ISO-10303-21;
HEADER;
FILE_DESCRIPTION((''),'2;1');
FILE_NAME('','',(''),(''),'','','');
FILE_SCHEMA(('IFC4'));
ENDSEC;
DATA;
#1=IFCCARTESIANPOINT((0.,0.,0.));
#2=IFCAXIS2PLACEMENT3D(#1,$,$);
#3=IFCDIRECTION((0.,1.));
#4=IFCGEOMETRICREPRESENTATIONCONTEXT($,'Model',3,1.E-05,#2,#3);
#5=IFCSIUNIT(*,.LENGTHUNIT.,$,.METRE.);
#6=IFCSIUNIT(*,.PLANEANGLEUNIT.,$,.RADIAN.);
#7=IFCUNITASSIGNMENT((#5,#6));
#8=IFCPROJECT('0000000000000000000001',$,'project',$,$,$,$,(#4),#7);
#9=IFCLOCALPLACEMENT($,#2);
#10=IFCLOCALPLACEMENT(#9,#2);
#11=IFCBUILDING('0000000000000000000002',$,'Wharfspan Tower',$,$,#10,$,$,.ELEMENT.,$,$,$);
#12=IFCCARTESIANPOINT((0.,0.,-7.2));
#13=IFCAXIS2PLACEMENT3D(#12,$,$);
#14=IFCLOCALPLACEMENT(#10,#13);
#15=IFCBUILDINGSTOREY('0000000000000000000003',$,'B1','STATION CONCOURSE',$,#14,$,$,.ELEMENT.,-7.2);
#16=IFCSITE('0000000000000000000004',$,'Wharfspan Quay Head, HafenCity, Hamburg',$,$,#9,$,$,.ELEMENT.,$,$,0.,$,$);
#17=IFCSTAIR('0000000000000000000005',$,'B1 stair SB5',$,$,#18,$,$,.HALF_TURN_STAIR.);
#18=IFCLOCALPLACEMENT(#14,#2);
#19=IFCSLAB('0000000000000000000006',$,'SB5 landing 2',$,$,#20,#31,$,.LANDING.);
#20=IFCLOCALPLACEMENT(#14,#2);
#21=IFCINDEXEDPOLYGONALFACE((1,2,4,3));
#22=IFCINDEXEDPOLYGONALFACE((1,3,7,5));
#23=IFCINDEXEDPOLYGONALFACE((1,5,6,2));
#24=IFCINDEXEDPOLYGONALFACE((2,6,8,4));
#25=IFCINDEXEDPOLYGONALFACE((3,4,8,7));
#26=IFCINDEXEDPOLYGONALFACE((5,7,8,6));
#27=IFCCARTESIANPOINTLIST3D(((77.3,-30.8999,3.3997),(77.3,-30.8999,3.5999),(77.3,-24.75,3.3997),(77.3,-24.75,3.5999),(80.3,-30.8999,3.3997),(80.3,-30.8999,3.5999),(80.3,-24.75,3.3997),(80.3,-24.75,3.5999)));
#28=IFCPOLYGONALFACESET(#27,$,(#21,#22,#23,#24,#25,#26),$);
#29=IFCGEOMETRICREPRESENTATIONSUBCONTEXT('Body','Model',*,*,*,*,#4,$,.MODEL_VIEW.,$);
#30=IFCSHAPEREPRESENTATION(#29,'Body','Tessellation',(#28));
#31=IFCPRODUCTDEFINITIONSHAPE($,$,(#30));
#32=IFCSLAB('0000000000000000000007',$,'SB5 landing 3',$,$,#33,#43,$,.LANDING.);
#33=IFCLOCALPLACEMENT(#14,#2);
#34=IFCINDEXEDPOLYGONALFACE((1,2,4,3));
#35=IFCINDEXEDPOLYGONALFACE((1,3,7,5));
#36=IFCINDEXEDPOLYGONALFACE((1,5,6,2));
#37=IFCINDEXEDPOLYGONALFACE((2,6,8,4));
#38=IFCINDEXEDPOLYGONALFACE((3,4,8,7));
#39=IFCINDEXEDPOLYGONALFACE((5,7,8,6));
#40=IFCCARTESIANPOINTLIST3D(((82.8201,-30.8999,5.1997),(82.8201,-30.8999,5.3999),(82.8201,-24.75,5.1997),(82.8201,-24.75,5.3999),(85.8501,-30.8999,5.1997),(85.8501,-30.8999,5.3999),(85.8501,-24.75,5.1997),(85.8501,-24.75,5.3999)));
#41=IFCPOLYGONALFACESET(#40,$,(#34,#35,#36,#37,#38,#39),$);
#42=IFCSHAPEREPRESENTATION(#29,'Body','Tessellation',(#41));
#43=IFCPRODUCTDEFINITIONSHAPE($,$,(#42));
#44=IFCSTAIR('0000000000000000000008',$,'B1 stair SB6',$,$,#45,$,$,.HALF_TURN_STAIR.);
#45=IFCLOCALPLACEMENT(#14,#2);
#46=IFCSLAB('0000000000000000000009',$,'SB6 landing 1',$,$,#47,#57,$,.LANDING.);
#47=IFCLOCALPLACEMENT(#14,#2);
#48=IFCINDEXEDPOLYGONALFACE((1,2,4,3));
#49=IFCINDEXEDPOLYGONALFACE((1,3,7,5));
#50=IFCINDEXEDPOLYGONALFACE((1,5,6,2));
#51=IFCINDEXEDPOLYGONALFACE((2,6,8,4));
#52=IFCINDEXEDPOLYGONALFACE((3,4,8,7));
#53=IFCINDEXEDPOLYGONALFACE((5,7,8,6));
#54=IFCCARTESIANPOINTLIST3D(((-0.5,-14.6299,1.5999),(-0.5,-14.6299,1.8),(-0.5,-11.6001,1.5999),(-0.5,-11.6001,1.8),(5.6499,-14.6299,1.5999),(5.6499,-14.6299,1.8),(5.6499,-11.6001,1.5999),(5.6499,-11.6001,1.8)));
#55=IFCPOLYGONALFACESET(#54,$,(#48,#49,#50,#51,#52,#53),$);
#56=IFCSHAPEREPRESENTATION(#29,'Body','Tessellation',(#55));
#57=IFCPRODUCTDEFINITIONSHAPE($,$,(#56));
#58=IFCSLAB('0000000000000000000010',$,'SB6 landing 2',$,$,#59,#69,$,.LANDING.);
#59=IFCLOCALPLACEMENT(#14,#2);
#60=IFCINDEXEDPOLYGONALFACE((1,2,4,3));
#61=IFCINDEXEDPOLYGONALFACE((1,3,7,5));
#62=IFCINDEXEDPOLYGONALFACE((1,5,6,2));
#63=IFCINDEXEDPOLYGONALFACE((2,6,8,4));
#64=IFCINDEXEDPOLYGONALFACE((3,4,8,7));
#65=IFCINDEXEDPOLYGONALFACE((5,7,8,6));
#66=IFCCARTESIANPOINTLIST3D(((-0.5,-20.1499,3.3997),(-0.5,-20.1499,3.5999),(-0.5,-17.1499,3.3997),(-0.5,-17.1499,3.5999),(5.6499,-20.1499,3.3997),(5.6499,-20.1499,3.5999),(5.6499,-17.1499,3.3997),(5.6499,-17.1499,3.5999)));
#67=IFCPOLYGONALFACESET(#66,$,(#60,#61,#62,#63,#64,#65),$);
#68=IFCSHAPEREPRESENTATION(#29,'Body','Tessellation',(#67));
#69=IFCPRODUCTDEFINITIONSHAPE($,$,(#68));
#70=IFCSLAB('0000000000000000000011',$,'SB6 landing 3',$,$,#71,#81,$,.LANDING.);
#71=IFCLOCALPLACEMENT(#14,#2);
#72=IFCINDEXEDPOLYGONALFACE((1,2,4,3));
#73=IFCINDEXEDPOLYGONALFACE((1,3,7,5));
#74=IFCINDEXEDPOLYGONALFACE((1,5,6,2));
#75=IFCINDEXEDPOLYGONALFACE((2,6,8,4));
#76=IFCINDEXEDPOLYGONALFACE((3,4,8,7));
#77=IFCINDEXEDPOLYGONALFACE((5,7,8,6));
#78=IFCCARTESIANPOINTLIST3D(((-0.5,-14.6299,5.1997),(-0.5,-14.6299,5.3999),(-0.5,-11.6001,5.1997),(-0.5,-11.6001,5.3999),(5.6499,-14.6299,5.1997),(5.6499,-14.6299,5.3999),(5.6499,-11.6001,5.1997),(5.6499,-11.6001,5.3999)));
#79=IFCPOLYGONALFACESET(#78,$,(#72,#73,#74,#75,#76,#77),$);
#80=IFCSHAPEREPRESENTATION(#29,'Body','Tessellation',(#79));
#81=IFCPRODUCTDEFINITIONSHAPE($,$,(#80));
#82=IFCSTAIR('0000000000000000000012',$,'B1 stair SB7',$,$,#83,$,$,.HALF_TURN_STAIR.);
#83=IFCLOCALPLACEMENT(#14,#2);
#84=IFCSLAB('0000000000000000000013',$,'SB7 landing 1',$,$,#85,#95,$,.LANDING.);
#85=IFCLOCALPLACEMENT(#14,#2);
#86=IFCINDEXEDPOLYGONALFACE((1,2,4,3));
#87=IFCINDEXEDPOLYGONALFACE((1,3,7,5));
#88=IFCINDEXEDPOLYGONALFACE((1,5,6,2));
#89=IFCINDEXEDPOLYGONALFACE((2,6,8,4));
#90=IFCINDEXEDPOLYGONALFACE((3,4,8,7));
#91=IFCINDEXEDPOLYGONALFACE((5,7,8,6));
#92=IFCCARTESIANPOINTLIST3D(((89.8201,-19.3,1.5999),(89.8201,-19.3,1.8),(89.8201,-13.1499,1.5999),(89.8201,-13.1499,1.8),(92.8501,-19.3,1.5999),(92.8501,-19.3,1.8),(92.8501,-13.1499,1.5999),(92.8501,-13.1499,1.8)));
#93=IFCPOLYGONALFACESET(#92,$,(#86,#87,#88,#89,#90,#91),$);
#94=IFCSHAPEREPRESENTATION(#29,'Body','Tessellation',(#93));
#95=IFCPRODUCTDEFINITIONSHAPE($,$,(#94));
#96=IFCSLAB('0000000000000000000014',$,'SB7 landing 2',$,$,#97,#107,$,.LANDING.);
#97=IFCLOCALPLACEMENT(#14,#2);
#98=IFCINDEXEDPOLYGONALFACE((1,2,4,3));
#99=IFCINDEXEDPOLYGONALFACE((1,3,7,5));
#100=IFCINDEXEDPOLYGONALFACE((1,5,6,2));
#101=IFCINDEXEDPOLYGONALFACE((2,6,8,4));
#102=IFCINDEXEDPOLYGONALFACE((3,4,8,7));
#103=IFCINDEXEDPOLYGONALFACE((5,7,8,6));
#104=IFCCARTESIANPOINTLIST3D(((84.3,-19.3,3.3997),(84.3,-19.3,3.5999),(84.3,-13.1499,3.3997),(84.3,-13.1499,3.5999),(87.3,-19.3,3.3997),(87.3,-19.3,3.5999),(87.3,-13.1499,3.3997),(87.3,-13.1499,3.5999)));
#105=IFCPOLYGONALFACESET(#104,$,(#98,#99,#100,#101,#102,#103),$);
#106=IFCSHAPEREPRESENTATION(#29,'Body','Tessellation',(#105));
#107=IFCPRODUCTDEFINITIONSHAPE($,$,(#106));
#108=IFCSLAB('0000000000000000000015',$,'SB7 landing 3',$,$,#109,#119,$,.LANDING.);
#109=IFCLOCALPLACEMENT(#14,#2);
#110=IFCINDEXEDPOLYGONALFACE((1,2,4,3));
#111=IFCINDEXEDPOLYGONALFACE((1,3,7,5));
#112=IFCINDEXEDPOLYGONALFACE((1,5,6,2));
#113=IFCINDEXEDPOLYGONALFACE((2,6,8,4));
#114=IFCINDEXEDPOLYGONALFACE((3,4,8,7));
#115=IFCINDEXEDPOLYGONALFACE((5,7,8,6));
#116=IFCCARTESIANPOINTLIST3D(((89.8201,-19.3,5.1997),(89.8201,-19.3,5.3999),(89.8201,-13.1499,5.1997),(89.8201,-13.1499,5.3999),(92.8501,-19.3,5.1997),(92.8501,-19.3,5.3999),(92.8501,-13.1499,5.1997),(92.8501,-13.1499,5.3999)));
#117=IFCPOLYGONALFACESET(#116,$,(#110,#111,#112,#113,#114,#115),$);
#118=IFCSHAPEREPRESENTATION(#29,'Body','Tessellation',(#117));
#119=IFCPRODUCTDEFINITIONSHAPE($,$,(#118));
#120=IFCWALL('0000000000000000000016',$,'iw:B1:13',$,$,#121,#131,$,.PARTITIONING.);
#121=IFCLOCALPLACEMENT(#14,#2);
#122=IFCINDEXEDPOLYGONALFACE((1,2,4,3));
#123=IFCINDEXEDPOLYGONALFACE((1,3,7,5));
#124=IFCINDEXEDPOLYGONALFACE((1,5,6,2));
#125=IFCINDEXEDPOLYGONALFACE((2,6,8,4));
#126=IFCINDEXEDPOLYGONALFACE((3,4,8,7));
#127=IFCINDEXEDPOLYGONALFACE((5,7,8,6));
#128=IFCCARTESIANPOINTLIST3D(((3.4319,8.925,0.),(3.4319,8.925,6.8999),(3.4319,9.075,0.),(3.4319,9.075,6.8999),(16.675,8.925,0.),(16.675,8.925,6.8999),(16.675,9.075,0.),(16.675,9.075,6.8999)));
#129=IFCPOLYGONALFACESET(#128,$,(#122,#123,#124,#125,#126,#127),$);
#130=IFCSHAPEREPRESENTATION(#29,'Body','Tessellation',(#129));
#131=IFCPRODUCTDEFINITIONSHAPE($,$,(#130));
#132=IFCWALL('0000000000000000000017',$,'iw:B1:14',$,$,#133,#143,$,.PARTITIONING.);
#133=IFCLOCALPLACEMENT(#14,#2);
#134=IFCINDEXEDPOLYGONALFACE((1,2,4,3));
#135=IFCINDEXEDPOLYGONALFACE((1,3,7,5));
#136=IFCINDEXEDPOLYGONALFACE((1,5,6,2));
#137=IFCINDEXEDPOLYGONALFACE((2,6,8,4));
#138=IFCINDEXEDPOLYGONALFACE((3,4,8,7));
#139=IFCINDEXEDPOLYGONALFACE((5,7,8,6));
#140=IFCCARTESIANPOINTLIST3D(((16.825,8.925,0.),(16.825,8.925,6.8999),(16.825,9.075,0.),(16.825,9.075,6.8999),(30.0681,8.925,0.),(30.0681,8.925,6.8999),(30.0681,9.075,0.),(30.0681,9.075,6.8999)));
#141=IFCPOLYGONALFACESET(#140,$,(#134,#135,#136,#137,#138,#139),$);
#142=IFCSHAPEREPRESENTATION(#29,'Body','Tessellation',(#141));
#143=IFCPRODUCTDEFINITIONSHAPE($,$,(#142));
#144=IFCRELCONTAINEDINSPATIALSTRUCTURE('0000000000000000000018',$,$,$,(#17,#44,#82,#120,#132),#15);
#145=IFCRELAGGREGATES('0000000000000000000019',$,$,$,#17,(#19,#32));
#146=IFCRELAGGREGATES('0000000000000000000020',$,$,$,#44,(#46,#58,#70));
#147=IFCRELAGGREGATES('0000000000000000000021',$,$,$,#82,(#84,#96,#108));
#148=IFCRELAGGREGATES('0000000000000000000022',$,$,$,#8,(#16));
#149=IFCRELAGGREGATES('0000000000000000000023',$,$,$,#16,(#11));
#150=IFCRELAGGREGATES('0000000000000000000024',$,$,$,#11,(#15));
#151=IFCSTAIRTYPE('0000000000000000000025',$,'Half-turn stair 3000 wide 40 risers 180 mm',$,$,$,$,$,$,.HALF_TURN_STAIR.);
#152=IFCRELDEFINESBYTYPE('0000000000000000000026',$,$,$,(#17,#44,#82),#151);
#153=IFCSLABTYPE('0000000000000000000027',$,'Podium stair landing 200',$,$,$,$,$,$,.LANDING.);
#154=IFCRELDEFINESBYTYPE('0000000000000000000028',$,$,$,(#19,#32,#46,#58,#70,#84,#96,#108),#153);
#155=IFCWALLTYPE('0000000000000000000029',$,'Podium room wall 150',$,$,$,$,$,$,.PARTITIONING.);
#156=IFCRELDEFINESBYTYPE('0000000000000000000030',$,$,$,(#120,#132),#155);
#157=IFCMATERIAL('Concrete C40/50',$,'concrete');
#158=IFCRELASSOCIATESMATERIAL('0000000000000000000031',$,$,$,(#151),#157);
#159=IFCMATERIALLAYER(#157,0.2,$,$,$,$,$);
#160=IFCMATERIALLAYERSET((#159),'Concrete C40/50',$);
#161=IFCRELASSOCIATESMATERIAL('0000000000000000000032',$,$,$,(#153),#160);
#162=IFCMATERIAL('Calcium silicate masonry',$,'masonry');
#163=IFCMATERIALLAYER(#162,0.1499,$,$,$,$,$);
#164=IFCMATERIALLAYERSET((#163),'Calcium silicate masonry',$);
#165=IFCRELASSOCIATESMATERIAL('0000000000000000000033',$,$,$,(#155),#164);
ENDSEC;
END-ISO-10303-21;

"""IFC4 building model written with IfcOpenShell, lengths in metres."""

from ifc_helpers import new_model, si_unit, direction, frame, frame_2d, origin, place, context, subcontext, project, spatial, polyline, rectangle, outline, extrude, material, layer, layer_set, type_object, element, aggregate, save


model = new_model("IFC4")

# Units and contexts
model_context = context("Model", 3, precision=1e-05, world=origin(), true_north=direction((0.0, 1.0)))
body_context = subcontext(model_context, "Body", "Model", "MODEL_VIEW")
ifc_project = project(units=[si_unit("LENGTHUNIT", "METRE"), si_unit("PLANEANGLEUNIT", "RADIAN")], contexts=[model_context])

# Site, building, storey
site_placement = place(None, origin())
site = spatial("IfcSite", under=ifc_project, at=site_placement, Name="Wharfspan Quay Head, HafenCity, Hamburg", CompositionType="ELEMENT", RefElevation=0.0)
building_placement = place(site_placement, origin())
building = spatial("IfcBuilding", under=site, at=building_placement, Name="Wharfspan Tower", CompositionType="ELEMENT")
storey_placement = place(building_placement, frame((0.0, 0.0, -7.2)))
storey = spatial("IfcBuildingStorey", under=building, at=storey_placement, Name="B1", Description="STATION CONCOURSE", CompositionType="ELEMENT", Elevation=-7.2)

# Shared definitions
ifc_material_1 = material(Name="Concrete C40/50", Category="concrete")
stair_type = type_object("IfcStairType", Name="Half-turn stair 3000 wide 40 risers 180 mm", PredefinedType="HALF_TURN_STAIR", material=ifc_material_1)
ifc_layer_1 = layer(ifc_material_1, 0.2)
ifc_layer_set_1 = layer_set([ifc_layer_1], Name="Concrete C40/50")
slab_type = type_object("IfcSlabType", Name="Podium stair landing 200", PredefinedType="LANDING", material=ifc_layer_set_1)

# Stairs, slabs
stair_1_placement = place(storey_placement, origin())
stair_1 = element("IfcStair", 1, at=stair_1_placement, inside=storey, type_object=stair_type, Name="B1 stair SB5", PredefinedType="HALF_TURN_STAIR")
slab_1_placement = place(storey_placement, frame((0.0, 0.0, 3.3997)))
slab_1 = element("IfcSlab", 2, at=slab_1_placement, type_object=slab_type, Name="SB5 landing 2", PredefinedType="LANDING", context=body_context, shape_type="SweptSolid", body=[
    extrude(outline(polyline([(77.3, -30.8999), (80.3, -30.8999), (80.3, -24.75), (77.3, -24.75), (77.3, -30.8999)])), origin(), (0.0, 0.0, 1.0), 0.2002),
])
slab_2_placement = place(storey_placement, frame((0.0, 0.0, 5.1997)))
slab_2 = element("IfcSlab", 3, at=slab_2_placement, type_object=slab_type, Name="SB5 landing 3", PredefinedType="LANDING", context=body_context, shape_type="SweptSolid", body=[
    extrude(outline(polyline([(82.8201, -30.8999), (85.8501, -30.8999), (85.8501, -24.75), (82.8201, -24.75), (82.8201, -30.8999)])), origin(), (0.0, 0.0, 1.0), 0.2002),
])
aggregate(stair_1, [slab_1, slab_2])
stair_2_placement = place(storey_placement, origin())
stair_2 = element("IfcStair", 4, at=stair_2_placement, inside=storey, type_object=stair_type, Name="B1 stair SB6", PredefinedType="HALF_TURN_STAIR")
slab_3_placement = place(storey_placement, frame((0.0, 0.0, 1.5999)))
slab_3 = element("IfcSlab", 5, at=slab_3_placement, type_object=slab_type, Name="SB6 landing 1", PredefinedType="LANDING", context=body_context, shape_type="SweptSolid", body=[
    extrude(outline(polyline([(5.6499, -14.6299), (5.6499, -11.6001), (-0.5, -11.6001), (-0.5, -14.6299), (5.6499, -14.6299)])), origin(), (0.0, 0.0, 1.0), 0.2002),
])
slab_4_placement = place(storey_placement, frame((0.0, 0.0, 3.3997)))
slab_4 = element("IfcSlab", 6, at=slab_4_placement, type_object=slab_type, Name="SB6 landing 2", PredefinedType="LANDING", context=body_context, shape_type="SweptSolid", body=[
    extrude(outline(polyline([(5.6499, -20.1499), (5.6499, -17.1499), (-0.5, -17.1499), (-0.5, -20.1499), (5.6499, -20.1499)])), origin(), (0.0, 0.0, 1.0), 0.2002),
])
slab_5_placement = place(storey_placement, frame((0.0, 0.0, 5.1997)))
slab_5 = element("IfcSlab", 7, at=slab_5_placement, type_object=slab_type, Name="SB6 landing 3", PredefinedType="LANDING", context=body_context, shape_type="SweptSolid", body=[
    extrude(outline(polyline([(5.6499, -14.6299), (5.6499, -11.6001), (-0.5, -11.6001), (-0.5, -14.6299), (5.6499, -14.6299)])), origin(), (0.0, 0.0, 1.0), 0.2002),
])
aggregate(stair_2, [slab_3, slab_4, slab_5])
stair_3_placement = place(storey_placement, origin())
stair_3 = element("IfcStair", 8, at=stair_3_placement, inside=storey, type_object=stair_type, Name="B1 stair SB7", PredefinedType="HALF_TURN_STAIR")
slab_6_placement = place(storey_placement, frame((0.0, 0.0, 1.5999)))
slab_6 = element("IfcSlab", 9, at=slab_6_placement, type_object=slab_type, Name="SB7 landing 1", PredefinedType="LANDING", context=body_context, shape_type="SweptSolid", body=[
    extrude(outline(polyline([(89.8201, -19.3), (92.8501, -19.3), (92.8501, -13.1499), (89.8201, -13.1499), (89.8201, -19.3)])), origin(), (0.0, 0.0, 1.0), 0.2002),
])
slab_7_placement = place(storey_placement, frame((0.0, 0.0, 3.3997)))
slab_7 = element("IfcSlab", 10, at=slab_7_placement, type_object=slab_type, Name="SB7 landing 2", PredefinedType="LANDING", context=body_context, shape_type="SweptSolid", body=[
    extrude(outline(polyline([(84.3, -19.3), (87.3, -19.3), (87.3, -13.1499), (84.3, -13.1499), (84.3, -19.3)])), origin(), (0.0, 0.0, 1.0), 0.2002),
])
slab_8_placement = place(storey_placement, frame((0.0, 0.0, 5.1997)))
slab_8 = element("IfcSlab", 11, at=slab_8_placement, type_object=slab_type, Name="SB7 landing 3", PredefinedType="LANDING", context=body_context, shape_type="SweptSolid", body=[
    extrude(outline(polyline([(89.8201, -19.3), (92.8501, -19.3), (92.8501, -13.1499), (89.8201, -13.1499), (89.8201, -19.3)])), origin(), (0.0, 0.0, 1.0), 0.2002),
])
aggregate(stair_3, [slab_6, slab_7, slab_8])

# Walls
ifc_material_2 = material(Name="Calcium silicate masonry", Category="masonry")
ifc_layer_2 = layer(ifc_material_2, 0.1499)
ifc_layer_set_2 = layer_set([ifc_layer_2], Name="Calcium silicate masonry")
wall_type = type_object("IfcWallType", Name="Podium room wall 150", PredefinedType="PARTITIONING", material=ifc_layer_set_2)
for number, where, z_axis, x_axis, name in (
    (12, (3.4319, 9.0, 0.0), (0.0, 0.0, 1.0), (1.0, 0.0, 0.0), "iw:B1:13"),
    (13, (16.825, 9.0, 0.0), (0.0, 0.0, 1.0), (1.0, 0.0, 0.0), "iw:B1:14"),
):
    element("IfcWall", number, at=place(storey_placement, frame(where, z_axis=z_axis, x_axis=x_axis)), inside=storey, type_object=wall_type, Name=name, PredefinedType="PARTITIONING", context=body_context, shape_type="SweptSolid", body=[
        extrude(rectangle(XDim=13.2432, YDim=0.1499, at=frame_2d((6.6216, 0.0))), origin(), (0.0, 0.0, 1.0), 6.8999),
    ])

save(model, "model.ifc")
